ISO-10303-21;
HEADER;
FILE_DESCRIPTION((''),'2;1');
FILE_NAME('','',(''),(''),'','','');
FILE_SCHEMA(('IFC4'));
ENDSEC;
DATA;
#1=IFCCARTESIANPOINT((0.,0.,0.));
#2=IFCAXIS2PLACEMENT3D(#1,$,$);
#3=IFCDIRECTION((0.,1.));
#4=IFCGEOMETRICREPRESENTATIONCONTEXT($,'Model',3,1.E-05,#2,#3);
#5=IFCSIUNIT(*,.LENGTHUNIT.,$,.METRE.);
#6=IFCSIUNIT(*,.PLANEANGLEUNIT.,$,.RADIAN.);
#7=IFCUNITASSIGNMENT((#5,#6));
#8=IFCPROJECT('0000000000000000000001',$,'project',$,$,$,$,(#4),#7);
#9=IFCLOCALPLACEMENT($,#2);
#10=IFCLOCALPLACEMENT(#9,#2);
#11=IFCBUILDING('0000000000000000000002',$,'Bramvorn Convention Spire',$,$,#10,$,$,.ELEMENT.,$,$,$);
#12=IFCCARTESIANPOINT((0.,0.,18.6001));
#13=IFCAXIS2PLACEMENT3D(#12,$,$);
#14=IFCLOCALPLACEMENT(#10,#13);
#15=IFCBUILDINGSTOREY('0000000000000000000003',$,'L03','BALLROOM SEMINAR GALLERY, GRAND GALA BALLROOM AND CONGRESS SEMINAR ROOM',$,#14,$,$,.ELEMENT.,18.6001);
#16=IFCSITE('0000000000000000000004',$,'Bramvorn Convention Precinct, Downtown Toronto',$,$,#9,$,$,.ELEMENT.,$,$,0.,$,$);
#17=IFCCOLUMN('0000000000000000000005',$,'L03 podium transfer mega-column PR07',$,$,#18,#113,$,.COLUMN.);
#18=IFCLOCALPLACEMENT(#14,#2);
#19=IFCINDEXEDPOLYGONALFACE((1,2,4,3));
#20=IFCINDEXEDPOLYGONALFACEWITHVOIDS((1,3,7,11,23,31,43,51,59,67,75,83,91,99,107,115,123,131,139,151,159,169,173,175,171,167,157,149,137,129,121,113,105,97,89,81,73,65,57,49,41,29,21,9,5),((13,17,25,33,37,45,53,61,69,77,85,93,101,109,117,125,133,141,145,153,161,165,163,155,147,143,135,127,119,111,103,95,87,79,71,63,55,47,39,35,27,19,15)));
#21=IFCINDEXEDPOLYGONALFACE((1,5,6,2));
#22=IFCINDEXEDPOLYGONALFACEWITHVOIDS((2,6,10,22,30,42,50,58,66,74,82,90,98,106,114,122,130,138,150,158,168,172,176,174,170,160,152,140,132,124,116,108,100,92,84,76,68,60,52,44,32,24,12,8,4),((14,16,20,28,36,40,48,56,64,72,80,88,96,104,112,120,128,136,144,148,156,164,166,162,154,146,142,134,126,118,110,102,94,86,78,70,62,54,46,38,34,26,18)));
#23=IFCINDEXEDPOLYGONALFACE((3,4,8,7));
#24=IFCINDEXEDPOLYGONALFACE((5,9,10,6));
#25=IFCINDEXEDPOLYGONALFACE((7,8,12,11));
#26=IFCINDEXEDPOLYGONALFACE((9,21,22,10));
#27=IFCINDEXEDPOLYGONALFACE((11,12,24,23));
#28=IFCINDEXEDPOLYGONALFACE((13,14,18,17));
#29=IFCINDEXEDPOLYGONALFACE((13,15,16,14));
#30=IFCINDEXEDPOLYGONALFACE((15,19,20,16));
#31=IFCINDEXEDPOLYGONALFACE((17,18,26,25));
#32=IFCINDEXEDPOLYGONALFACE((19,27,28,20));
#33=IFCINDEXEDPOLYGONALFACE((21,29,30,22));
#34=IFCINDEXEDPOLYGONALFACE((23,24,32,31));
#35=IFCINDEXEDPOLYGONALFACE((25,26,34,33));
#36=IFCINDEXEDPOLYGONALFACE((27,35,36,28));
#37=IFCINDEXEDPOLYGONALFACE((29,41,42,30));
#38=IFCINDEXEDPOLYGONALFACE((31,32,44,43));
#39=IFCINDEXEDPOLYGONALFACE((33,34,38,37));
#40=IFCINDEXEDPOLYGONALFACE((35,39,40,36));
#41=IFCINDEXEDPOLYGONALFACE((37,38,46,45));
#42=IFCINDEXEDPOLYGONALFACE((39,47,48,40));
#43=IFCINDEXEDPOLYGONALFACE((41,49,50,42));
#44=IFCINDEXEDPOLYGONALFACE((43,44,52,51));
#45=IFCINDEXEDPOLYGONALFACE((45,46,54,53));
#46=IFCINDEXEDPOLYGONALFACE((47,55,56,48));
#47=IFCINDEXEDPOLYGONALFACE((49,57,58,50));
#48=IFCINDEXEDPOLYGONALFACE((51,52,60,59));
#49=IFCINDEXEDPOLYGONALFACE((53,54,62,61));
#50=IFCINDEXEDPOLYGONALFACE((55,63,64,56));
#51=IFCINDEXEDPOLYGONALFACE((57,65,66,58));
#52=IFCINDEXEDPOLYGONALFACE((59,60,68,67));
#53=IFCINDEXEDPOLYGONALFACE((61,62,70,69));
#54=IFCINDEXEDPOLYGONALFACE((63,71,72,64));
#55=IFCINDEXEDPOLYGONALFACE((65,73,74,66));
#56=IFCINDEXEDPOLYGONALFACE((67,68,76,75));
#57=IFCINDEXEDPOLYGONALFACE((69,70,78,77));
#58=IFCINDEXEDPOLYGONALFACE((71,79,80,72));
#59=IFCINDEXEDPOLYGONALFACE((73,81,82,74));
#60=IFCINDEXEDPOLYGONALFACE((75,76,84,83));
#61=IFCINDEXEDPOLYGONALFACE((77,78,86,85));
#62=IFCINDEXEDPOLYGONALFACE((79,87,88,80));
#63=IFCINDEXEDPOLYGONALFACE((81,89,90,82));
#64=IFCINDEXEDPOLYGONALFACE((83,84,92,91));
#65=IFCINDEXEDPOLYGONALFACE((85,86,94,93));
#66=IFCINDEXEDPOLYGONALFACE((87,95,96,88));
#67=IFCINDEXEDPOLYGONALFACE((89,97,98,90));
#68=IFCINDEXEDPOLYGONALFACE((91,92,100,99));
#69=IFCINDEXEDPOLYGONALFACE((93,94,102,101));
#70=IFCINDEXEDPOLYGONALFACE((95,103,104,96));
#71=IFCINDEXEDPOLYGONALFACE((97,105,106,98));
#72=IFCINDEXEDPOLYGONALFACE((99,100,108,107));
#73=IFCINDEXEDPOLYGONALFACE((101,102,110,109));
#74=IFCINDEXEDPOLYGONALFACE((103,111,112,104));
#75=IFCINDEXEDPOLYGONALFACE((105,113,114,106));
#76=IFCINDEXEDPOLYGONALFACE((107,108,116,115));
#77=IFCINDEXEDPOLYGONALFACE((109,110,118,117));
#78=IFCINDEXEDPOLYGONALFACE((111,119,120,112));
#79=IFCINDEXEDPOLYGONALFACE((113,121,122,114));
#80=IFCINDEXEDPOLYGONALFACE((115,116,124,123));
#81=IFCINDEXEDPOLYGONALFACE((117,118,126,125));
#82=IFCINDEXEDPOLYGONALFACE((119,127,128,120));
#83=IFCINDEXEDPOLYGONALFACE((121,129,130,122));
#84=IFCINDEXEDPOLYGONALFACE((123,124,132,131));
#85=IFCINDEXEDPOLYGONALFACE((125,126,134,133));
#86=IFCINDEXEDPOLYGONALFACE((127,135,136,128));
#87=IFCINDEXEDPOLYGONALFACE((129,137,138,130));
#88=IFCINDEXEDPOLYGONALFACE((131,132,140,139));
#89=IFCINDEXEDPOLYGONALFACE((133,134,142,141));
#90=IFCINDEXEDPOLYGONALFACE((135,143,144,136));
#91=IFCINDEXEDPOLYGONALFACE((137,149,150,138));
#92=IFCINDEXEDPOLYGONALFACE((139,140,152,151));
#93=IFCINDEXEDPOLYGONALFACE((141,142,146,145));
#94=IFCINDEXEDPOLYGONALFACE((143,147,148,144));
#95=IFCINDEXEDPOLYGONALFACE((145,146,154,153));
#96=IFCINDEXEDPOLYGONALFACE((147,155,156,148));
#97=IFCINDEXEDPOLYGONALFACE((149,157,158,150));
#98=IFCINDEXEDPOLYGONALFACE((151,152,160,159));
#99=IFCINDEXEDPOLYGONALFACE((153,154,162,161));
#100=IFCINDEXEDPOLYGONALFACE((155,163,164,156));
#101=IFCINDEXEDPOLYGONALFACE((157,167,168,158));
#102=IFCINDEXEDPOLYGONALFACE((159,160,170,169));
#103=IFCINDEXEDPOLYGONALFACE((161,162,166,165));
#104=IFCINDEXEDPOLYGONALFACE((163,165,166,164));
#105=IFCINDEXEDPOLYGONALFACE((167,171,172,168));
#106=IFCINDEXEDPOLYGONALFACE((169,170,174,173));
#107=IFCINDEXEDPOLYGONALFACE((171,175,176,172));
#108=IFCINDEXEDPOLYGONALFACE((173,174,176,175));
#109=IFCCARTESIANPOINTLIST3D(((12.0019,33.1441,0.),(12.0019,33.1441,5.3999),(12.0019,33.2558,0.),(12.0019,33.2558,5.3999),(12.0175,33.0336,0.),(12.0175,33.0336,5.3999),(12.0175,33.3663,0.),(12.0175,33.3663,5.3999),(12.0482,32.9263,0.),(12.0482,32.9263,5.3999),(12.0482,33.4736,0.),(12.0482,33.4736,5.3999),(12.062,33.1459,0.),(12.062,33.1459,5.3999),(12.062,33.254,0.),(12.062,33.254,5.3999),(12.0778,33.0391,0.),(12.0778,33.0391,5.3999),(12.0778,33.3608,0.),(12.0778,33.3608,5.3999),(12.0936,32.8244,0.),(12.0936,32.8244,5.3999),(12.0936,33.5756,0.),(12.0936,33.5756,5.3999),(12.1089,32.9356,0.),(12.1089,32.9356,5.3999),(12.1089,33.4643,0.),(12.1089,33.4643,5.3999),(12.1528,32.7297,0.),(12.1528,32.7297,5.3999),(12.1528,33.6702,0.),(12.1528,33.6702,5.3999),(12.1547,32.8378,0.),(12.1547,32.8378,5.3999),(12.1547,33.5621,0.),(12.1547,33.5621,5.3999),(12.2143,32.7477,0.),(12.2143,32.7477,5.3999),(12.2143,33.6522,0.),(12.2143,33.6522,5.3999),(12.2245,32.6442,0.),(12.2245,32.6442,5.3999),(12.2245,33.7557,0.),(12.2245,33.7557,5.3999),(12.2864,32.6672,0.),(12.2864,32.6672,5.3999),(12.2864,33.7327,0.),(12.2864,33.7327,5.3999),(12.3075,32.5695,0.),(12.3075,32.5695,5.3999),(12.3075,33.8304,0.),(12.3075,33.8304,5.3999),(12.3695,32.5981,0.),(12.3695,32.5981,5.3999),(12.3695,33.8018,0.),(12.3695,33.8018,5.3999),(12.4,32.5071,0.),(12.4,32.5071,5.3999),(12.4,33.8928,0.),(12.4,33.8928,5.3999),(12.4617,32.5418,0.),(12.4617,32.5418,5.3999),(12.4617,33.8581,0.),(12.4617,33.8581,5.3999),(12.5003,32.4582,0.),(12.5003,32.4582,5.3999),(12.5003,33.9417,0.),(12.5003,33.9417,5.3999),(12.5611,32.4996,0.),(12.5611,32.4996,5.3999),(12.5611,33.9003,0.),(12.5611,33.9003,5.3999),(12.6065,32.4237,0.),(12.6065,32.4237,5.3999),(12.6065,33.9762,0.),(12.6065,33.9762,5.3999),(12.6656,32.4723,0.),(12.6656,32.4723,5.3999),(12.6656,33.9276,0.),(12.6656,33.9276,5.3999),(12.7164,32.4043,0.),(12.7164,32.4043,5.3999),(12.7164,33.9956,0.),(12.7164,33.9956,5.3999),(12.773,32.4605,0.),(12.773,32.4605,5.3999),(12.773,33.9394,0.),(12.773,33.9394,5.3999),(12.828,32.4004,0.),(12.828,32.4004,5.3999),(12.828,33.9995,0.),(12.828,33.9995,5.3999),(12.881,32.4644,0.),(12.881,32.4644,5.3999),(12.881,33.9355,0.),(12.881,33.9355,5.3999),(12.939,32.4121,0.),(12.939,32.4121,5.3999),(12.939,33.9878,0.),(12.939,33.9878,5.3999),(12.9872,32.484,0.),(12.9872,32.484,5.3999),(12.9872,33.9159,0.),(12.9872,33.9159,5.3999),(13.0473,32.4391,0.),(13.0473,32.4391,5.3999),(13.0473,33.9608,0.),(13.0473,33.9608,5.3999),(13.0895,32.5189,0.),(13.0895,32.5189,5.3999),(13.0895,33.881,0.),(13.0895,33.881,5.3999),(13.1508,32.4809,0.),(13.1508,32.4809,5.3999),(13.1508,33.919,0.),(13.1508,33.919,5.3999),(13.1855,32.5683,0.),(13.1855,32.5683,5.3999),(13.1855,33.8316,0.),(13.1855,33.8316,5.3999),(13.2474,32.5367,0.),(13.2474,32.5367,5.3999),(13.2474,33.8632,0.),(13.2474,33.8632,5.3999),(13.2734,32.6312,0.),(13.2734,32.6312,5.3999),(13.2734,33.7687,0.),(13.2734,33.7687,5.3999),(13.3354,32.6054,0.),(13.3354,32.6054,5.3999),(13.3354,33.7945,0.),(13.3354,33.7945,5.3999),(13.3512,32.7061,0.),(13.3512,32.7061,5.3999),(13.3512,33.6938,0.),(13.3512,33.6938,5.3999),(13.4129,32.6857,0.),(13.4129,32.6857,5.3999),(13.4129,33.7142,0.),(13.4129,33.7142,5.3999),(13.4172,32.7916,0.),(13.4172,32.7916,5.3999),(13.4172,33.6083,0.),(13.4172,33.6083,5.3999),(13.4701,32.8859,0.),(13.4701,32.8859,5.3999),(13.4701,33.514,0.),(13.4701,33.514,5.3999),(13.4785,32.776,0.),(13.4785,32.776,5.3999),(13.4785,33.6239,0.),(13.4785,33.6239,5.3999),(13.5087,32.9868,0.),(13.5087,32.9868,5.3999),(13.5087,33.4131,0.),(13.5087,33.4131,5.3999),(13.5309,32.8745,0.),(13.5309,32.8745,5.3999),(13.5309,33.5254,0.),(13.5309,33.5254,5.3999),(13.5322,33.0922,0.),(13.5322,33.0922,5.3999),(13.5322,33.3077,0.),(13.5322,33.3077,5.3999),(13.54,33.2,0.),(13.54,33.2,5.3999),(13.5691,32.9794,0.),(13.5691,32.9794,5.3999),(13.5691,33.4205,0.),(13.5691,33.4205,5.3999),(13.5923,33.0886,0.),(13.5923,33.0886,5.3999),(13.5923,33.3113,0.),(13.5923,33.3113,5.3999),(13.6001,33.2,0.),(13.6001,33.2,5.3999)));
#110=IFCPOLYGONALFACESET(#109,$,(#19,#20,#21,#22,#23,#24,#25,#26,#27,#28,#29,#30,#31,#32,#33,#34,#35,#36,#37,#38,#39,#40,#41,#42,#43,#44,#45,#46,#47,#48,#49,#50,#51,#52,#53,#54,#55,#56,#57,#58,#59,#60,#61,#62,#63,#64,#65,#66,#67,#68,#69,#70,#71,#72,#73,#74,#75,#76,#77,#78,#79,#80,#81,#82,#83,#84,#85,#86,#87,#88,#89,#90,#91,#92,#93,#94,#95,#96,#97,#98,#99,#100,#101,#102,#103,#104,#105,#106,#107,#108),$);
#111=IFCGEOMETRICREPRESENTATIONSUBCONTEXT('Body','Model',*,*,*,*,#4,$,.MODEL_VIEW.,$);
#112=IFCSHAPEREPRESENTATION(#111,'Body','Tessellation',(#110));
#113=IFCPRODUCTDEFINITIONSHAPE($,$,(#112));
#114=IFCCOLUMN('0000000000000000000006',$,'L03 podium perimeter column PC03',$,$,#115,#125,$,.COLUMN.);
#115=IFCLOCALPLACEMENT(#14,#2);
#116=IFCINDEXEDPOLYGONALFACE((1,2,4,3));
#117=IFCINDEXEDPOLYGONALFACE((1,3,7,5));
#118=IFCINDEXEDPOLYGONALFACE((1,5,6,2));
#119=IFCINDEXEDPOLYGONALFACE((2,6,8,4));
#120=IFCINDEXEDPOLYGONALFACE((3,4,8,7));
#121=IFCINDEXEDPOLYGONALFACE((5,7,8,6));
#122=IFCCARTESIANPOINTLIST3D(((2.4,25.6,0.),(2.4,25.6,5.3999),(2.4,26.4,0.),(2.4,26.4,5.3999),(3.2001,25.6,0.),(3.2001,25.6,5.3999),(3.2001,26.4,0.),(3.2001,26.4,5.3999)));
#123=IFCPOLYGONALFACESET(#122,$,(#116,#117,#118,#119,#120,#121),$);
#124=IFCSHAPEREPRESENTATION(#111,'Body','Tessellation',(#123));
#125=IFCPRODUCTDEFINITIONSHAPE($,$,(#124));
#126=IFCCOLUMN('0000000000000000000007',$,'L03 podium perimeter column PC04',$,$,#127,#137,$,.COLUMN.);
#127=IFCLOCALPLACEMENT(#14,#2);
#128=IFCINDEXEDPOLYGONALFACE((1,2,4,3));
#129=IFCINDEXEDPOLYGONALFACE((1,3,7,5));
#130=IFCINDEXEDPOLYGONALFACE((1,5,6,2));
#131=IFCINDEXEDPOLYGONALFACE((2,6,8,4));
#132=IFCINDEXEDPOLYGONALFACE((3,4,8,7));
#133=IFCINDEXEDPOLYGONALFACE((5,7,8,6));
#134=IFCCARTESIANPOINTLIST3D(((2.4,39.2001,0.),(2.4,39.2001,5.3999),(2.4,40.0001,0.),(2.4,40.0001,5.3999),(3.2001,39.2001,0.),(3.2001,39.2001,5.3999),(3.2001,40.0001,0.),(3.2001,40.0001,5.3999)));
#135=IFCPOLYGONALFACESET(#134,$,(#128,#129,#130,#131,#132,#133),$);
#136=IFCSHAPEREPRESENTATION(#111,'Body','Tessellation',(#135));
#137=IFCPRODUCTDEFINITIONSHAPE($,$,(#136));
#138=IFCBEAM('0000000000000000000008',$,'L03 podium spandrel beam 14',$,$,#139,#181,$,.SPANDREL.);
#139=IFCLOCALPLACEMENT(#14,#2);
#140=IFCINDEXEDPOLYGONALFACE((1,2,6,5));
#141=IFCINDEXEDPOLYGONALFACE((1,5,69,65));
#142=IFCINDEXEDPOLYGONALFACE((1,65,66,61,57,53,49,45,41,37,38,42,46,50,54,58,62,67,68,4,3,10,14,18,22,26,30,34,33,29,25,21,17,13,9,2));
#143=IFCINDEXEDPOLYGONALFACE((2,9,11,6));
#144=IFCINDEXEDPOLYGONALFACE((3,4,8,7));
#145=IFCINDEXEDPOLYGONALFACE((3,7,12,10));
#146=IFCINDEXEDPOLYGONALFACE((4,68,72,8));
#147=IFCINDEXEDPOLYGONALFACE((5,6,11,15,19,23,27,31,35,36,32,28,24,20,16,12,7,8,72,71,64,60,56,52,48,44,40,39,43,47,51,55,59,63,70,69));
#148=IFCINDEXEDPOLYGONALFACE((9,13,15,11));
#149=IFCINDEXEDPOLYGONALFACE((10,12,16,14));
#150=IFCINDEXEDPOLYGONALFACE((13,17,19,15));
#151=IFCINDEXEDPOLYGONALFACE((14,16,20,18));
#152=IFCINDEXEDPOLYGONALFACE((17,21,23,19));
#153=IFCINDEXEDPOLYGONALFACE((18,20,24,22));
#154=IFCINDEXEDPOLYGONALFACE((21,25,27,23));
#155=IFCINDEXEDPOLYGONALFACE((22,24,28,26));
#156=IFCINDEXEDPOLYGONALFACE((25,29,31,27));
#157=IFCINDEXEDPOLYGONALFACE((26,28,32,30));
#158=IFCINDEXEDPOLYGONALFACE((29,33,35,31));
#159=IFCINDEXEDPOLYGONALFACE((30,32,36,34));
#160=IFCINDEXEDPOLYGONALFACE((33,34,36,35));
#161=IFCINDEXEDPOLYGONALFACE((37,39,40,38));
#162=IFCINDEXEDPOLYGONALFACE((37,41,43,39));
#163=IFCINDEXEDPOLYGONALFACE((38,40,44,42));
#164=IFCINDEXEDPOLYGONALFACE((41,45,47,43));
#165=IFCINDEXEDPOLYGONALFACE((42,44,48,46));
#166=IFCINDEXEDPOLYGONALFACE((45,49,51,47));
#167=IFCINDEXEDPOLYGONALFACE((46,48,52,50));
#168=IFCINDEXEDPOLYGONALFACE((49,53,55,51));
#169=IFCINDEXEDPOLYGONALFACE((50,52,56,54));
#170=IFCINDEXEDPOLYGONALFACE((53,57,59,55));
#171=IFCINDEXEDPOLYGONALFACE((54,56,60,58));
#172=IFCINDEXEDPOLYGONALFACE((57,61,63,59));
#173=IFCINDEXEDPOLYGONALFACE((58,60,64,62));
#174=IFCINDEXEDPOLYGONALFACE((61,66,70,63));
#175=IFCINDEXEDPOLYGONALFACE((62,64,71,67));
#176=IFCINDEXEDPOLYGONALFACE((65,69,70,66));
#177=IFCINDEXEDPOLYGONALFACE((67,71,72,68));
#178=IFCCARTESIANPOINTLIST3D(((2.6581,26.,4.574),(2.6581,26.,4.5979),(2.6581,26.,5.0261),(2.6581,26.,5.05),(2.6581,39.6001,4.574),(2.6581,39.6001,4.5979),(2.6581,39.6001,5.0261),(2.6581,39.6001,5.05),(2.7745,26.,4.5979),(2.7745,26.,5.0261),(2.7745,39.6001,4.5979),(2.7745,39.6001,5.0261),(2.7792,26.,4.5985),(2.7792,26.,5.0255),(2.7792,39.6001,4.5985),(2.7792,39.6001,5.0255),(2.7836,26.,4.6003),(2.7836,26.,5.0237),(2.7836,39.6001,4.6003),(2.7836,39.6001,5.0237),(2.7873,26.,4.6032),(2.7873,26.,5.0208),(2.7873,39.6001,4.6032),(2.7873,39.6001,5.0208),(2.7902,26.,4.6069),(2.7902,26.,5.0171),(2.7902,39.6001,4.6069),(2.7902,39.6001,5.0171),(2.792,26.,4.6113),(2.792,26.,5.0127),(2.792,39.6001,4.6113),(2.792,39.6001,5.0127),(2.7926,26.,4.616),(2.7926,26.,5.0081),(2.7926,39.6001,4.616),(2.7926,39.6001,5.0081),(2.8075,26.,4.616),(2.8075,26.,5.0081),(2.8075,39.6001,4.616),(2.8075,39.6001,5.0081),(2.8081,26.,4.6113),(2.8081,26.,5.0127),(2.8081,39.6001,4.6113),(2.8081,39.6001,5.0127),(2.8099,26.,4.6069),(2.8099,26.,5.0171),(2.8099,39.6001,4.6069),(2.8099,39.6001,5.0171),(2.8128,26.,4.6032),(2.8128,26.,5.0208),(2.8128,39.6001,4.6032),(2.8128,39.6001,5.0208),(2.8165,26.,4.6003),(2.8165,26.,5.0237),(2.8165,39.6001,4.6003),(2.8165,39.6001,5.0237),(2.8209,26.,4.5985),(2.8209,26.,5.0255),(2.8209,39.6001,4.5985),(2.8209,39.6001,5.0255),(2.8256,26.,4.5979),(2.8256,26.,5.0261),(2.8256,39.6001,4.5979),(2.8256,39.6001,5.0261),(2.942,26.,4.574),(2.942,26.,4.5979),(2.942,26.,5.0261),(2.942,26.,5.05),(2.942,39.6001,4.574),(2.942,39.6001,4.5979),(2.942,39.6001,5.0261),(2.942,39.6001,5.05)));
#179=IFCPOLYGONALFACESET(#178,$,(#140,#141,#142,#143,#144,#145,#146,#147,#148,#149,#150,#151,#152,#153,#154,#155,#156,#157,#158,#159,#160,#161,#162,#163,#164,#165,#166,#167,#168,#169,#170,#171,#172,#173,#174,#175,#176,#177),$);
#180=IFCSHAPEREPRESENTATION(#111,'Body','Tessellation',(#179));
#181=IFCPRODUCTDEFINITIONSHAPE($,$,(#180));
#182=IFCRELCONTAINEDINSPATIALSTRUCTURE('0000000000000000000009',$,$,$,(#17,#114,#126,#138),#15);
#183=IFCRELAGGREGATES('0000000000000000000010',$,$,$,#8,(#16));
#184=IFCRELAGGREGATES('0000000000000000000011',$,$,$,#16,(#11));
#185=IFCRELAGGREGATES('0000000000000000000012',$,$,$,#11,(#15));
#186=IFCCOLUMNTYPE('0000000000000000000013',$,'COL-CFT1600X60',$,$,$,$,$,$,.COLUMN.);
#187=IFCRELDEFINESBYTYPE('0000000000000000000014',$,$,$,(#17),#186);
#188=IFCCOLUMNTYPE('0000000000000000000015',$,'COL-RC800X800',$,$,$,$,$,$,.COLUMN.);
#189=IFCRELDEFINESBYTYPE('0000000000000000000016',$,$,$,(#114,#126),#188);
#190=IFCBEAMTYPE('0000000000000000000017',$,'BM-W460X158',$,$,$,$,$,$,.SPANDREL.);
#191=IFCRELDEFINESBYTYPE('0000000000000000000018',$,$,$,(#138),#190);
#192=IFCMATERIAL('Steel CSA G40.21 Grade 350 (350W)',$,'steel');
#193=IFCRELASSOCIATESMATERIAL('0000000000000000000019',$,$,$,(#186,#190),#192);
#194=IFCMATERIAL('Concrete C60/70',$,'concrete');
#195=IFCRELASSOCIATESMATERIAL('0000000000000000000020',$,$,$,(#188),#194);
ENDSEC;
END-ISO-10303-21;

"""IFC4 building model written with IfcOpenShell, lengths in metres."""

from ifc_helpers import new_model, si_unit, direction, frame, origin, origin_2d, place, context, subcontext, project, spatial, rectangle, hollow_circle, i_section, extrude, material, material_profile, profile_set, type_object, element, save


model = new_model("IFC4")

# Units and contexts
model_context = context("Model", 3, precision=1e-05, world=origin(), true_north=direction((0.0, 1.0)))
body_context = subcontext(model_context, "Body", "Model", "MODEL_VIEW")
ifc_project = project(units=[si_unit("LENGTHUNIT", "METRE"), si_unit("PLANEANGLEUNIT", "RADIAN")], contexts=[model_context])

# Site, building, storey
site_placement = place(None, origin())
site = spatial("IfcSite", under=ifc_project, at=site_placement, Name="Bramvorn Convention Precinct, Downtown Toronto", CompositionType="ELEMENT", RefElevation=0.0)
building_placement = place(site_placement, origin())
building = spatial("IfcBuilding", under=site, at=building_placement, Name="Bramvorn Convention Spire", CompositionType="ELEMENT")
storey_placement = place(building_placement, frame((0.0, 0.0, 18.6001)))
storey = spatial("IfcBuildingStorey", under=building, at=storey_placement, Name="L03", Description="BALLROOM SEMINAR GALLERY, GRAND GALA BALLROOM AND CONGRESS SEMINAR ROOM", CompositionType="ELEMENT", Elevation=18.6001)

# Columns
ifc_material_1 = material(Name="Steel CSA G40.21 Grade 350 (350W)", Category="steel")
ifc_material_profile_1 = material_profile(ifc_material_1, hollow_circle(Radius=0.8, WallThickness=0.0601, at=origin_2d()))
ifc_profile_set_1 = profile_set([ifc_material_profile_1], Name="Steel CSA G40.21 Grade 350 (350W) - CFT1600X60")
column_type_1 = type_object("IfcColumnType", Name="COL-CFT1600X60", PredefinedType="COLUMN", material=ifc_profile_set_1)
column_placement = place(storey_placement, frame((12.8, 33.2, 0.0), z_axis=(0.0, 0.0, 1.0), x_axis=(1.0, 0.0, 0.0)))
element("IfcColumn", 1, at=column_placement, inside=storey, type_object=column_type_1, Name="L03 podium transfer mega-column PR07", PredefinedType="COLUMN", context=body_context, shape_type="SweptSolid", body=[
    extrude(hollow_circle(Radius=0.8, WallThickness=0.0601, at=origin_2d()), origin(), (0.0, 0.0, 1.0), 5.3999),
])
ifc_material_2 = material(Name="Concrete C60/70", Category="concrete")
ifc_material_profile_2 = material_profile(ifc_material_2, rectangle(XDim=0.8, YDim=0.8, at=origin_2d()))
ifc_profile_set_2 = profile_set([ifc_material_profile_2], Name="Concrete C60/70 - RC800X800")
column_type_2 = type_object("IfcColumnType", Name="COL-RC800X800", PredefinedType="COLUMN", material=ifc_profile_set_2)
for number, where, z_axis, x_axis, name in (
    (2, (2.8, 26.0, 0.0), (0.0, 0.0, 1.0), (1.0, 0.0, 0.0), "L03 podium perimeter column PC03"),
    (3, (2.8, 39.6001, 0.0), (0.0, 0.0, 1.0), (1.0, 0.0, 0.0), "L03 podium perimeter column PC04"),
):
    element("IfcColumn", number, at=place(storey_placement, frame(where, z_axis=z_axis, x_axis=x_axis)), inside=storey, type_object=column_type_2, Name=name, PredefinedType="COLUMN", context=body_context, shape_type="SweptSolid", body=[
        extrude(rectangle(XDim=0.8, YDim=0.8, at=origin_2d()), origin(), (0.0, 0.0, 1.0), 5.3999),
    ])

# Beam
ifc_material_profile_3 = material_profile(ifc_material_1, i_section(OverallWidth=0.2839, OverallDepth=0.4761, WebThickness=0.0149, FlangeThickness=0.0239, FilletRadius=0.0181, at=origin_2d()))
ifc_profile_set_3 = profile_set([ifc_material_profile_3], Name="Steel CSA G40.21 Grade 350 (350W) - W460X158")
beam_type_1 = type_object("IfcBeamType", Name="BM-W460X158", PredefinedType="SPANDREL", material=ifc_profile_set_3)
for number, where, z_axis, x_axis, name in (
    (4, (2.8, 39.6001, 4.812), (0.0, -1.0, 0.0), (1.0, 0.0, 0.0), "L03 podium spandrel beam 14"),
):
    element("IfcBeam", number, at=place(storey_placement, frame(where, z_axis=z_axis, x_axis=x_axis)), inside=storey, type_object=beam_type_1, Name=name, PredefinedType="SPANDREL", context=body_context, shape_type="SweptSolid", body=[
        extrude(i_section(OverallWidth=0.2839, OverallDepth=0.4761, WebThickness=0.0149, FlangeThickness=0.0239, FilletRadius=0.0181, at=origin_2d()), origin(), (0.0, 0.0, 1.0), 13.6001),
    ])

save(model, "model.ifc")
